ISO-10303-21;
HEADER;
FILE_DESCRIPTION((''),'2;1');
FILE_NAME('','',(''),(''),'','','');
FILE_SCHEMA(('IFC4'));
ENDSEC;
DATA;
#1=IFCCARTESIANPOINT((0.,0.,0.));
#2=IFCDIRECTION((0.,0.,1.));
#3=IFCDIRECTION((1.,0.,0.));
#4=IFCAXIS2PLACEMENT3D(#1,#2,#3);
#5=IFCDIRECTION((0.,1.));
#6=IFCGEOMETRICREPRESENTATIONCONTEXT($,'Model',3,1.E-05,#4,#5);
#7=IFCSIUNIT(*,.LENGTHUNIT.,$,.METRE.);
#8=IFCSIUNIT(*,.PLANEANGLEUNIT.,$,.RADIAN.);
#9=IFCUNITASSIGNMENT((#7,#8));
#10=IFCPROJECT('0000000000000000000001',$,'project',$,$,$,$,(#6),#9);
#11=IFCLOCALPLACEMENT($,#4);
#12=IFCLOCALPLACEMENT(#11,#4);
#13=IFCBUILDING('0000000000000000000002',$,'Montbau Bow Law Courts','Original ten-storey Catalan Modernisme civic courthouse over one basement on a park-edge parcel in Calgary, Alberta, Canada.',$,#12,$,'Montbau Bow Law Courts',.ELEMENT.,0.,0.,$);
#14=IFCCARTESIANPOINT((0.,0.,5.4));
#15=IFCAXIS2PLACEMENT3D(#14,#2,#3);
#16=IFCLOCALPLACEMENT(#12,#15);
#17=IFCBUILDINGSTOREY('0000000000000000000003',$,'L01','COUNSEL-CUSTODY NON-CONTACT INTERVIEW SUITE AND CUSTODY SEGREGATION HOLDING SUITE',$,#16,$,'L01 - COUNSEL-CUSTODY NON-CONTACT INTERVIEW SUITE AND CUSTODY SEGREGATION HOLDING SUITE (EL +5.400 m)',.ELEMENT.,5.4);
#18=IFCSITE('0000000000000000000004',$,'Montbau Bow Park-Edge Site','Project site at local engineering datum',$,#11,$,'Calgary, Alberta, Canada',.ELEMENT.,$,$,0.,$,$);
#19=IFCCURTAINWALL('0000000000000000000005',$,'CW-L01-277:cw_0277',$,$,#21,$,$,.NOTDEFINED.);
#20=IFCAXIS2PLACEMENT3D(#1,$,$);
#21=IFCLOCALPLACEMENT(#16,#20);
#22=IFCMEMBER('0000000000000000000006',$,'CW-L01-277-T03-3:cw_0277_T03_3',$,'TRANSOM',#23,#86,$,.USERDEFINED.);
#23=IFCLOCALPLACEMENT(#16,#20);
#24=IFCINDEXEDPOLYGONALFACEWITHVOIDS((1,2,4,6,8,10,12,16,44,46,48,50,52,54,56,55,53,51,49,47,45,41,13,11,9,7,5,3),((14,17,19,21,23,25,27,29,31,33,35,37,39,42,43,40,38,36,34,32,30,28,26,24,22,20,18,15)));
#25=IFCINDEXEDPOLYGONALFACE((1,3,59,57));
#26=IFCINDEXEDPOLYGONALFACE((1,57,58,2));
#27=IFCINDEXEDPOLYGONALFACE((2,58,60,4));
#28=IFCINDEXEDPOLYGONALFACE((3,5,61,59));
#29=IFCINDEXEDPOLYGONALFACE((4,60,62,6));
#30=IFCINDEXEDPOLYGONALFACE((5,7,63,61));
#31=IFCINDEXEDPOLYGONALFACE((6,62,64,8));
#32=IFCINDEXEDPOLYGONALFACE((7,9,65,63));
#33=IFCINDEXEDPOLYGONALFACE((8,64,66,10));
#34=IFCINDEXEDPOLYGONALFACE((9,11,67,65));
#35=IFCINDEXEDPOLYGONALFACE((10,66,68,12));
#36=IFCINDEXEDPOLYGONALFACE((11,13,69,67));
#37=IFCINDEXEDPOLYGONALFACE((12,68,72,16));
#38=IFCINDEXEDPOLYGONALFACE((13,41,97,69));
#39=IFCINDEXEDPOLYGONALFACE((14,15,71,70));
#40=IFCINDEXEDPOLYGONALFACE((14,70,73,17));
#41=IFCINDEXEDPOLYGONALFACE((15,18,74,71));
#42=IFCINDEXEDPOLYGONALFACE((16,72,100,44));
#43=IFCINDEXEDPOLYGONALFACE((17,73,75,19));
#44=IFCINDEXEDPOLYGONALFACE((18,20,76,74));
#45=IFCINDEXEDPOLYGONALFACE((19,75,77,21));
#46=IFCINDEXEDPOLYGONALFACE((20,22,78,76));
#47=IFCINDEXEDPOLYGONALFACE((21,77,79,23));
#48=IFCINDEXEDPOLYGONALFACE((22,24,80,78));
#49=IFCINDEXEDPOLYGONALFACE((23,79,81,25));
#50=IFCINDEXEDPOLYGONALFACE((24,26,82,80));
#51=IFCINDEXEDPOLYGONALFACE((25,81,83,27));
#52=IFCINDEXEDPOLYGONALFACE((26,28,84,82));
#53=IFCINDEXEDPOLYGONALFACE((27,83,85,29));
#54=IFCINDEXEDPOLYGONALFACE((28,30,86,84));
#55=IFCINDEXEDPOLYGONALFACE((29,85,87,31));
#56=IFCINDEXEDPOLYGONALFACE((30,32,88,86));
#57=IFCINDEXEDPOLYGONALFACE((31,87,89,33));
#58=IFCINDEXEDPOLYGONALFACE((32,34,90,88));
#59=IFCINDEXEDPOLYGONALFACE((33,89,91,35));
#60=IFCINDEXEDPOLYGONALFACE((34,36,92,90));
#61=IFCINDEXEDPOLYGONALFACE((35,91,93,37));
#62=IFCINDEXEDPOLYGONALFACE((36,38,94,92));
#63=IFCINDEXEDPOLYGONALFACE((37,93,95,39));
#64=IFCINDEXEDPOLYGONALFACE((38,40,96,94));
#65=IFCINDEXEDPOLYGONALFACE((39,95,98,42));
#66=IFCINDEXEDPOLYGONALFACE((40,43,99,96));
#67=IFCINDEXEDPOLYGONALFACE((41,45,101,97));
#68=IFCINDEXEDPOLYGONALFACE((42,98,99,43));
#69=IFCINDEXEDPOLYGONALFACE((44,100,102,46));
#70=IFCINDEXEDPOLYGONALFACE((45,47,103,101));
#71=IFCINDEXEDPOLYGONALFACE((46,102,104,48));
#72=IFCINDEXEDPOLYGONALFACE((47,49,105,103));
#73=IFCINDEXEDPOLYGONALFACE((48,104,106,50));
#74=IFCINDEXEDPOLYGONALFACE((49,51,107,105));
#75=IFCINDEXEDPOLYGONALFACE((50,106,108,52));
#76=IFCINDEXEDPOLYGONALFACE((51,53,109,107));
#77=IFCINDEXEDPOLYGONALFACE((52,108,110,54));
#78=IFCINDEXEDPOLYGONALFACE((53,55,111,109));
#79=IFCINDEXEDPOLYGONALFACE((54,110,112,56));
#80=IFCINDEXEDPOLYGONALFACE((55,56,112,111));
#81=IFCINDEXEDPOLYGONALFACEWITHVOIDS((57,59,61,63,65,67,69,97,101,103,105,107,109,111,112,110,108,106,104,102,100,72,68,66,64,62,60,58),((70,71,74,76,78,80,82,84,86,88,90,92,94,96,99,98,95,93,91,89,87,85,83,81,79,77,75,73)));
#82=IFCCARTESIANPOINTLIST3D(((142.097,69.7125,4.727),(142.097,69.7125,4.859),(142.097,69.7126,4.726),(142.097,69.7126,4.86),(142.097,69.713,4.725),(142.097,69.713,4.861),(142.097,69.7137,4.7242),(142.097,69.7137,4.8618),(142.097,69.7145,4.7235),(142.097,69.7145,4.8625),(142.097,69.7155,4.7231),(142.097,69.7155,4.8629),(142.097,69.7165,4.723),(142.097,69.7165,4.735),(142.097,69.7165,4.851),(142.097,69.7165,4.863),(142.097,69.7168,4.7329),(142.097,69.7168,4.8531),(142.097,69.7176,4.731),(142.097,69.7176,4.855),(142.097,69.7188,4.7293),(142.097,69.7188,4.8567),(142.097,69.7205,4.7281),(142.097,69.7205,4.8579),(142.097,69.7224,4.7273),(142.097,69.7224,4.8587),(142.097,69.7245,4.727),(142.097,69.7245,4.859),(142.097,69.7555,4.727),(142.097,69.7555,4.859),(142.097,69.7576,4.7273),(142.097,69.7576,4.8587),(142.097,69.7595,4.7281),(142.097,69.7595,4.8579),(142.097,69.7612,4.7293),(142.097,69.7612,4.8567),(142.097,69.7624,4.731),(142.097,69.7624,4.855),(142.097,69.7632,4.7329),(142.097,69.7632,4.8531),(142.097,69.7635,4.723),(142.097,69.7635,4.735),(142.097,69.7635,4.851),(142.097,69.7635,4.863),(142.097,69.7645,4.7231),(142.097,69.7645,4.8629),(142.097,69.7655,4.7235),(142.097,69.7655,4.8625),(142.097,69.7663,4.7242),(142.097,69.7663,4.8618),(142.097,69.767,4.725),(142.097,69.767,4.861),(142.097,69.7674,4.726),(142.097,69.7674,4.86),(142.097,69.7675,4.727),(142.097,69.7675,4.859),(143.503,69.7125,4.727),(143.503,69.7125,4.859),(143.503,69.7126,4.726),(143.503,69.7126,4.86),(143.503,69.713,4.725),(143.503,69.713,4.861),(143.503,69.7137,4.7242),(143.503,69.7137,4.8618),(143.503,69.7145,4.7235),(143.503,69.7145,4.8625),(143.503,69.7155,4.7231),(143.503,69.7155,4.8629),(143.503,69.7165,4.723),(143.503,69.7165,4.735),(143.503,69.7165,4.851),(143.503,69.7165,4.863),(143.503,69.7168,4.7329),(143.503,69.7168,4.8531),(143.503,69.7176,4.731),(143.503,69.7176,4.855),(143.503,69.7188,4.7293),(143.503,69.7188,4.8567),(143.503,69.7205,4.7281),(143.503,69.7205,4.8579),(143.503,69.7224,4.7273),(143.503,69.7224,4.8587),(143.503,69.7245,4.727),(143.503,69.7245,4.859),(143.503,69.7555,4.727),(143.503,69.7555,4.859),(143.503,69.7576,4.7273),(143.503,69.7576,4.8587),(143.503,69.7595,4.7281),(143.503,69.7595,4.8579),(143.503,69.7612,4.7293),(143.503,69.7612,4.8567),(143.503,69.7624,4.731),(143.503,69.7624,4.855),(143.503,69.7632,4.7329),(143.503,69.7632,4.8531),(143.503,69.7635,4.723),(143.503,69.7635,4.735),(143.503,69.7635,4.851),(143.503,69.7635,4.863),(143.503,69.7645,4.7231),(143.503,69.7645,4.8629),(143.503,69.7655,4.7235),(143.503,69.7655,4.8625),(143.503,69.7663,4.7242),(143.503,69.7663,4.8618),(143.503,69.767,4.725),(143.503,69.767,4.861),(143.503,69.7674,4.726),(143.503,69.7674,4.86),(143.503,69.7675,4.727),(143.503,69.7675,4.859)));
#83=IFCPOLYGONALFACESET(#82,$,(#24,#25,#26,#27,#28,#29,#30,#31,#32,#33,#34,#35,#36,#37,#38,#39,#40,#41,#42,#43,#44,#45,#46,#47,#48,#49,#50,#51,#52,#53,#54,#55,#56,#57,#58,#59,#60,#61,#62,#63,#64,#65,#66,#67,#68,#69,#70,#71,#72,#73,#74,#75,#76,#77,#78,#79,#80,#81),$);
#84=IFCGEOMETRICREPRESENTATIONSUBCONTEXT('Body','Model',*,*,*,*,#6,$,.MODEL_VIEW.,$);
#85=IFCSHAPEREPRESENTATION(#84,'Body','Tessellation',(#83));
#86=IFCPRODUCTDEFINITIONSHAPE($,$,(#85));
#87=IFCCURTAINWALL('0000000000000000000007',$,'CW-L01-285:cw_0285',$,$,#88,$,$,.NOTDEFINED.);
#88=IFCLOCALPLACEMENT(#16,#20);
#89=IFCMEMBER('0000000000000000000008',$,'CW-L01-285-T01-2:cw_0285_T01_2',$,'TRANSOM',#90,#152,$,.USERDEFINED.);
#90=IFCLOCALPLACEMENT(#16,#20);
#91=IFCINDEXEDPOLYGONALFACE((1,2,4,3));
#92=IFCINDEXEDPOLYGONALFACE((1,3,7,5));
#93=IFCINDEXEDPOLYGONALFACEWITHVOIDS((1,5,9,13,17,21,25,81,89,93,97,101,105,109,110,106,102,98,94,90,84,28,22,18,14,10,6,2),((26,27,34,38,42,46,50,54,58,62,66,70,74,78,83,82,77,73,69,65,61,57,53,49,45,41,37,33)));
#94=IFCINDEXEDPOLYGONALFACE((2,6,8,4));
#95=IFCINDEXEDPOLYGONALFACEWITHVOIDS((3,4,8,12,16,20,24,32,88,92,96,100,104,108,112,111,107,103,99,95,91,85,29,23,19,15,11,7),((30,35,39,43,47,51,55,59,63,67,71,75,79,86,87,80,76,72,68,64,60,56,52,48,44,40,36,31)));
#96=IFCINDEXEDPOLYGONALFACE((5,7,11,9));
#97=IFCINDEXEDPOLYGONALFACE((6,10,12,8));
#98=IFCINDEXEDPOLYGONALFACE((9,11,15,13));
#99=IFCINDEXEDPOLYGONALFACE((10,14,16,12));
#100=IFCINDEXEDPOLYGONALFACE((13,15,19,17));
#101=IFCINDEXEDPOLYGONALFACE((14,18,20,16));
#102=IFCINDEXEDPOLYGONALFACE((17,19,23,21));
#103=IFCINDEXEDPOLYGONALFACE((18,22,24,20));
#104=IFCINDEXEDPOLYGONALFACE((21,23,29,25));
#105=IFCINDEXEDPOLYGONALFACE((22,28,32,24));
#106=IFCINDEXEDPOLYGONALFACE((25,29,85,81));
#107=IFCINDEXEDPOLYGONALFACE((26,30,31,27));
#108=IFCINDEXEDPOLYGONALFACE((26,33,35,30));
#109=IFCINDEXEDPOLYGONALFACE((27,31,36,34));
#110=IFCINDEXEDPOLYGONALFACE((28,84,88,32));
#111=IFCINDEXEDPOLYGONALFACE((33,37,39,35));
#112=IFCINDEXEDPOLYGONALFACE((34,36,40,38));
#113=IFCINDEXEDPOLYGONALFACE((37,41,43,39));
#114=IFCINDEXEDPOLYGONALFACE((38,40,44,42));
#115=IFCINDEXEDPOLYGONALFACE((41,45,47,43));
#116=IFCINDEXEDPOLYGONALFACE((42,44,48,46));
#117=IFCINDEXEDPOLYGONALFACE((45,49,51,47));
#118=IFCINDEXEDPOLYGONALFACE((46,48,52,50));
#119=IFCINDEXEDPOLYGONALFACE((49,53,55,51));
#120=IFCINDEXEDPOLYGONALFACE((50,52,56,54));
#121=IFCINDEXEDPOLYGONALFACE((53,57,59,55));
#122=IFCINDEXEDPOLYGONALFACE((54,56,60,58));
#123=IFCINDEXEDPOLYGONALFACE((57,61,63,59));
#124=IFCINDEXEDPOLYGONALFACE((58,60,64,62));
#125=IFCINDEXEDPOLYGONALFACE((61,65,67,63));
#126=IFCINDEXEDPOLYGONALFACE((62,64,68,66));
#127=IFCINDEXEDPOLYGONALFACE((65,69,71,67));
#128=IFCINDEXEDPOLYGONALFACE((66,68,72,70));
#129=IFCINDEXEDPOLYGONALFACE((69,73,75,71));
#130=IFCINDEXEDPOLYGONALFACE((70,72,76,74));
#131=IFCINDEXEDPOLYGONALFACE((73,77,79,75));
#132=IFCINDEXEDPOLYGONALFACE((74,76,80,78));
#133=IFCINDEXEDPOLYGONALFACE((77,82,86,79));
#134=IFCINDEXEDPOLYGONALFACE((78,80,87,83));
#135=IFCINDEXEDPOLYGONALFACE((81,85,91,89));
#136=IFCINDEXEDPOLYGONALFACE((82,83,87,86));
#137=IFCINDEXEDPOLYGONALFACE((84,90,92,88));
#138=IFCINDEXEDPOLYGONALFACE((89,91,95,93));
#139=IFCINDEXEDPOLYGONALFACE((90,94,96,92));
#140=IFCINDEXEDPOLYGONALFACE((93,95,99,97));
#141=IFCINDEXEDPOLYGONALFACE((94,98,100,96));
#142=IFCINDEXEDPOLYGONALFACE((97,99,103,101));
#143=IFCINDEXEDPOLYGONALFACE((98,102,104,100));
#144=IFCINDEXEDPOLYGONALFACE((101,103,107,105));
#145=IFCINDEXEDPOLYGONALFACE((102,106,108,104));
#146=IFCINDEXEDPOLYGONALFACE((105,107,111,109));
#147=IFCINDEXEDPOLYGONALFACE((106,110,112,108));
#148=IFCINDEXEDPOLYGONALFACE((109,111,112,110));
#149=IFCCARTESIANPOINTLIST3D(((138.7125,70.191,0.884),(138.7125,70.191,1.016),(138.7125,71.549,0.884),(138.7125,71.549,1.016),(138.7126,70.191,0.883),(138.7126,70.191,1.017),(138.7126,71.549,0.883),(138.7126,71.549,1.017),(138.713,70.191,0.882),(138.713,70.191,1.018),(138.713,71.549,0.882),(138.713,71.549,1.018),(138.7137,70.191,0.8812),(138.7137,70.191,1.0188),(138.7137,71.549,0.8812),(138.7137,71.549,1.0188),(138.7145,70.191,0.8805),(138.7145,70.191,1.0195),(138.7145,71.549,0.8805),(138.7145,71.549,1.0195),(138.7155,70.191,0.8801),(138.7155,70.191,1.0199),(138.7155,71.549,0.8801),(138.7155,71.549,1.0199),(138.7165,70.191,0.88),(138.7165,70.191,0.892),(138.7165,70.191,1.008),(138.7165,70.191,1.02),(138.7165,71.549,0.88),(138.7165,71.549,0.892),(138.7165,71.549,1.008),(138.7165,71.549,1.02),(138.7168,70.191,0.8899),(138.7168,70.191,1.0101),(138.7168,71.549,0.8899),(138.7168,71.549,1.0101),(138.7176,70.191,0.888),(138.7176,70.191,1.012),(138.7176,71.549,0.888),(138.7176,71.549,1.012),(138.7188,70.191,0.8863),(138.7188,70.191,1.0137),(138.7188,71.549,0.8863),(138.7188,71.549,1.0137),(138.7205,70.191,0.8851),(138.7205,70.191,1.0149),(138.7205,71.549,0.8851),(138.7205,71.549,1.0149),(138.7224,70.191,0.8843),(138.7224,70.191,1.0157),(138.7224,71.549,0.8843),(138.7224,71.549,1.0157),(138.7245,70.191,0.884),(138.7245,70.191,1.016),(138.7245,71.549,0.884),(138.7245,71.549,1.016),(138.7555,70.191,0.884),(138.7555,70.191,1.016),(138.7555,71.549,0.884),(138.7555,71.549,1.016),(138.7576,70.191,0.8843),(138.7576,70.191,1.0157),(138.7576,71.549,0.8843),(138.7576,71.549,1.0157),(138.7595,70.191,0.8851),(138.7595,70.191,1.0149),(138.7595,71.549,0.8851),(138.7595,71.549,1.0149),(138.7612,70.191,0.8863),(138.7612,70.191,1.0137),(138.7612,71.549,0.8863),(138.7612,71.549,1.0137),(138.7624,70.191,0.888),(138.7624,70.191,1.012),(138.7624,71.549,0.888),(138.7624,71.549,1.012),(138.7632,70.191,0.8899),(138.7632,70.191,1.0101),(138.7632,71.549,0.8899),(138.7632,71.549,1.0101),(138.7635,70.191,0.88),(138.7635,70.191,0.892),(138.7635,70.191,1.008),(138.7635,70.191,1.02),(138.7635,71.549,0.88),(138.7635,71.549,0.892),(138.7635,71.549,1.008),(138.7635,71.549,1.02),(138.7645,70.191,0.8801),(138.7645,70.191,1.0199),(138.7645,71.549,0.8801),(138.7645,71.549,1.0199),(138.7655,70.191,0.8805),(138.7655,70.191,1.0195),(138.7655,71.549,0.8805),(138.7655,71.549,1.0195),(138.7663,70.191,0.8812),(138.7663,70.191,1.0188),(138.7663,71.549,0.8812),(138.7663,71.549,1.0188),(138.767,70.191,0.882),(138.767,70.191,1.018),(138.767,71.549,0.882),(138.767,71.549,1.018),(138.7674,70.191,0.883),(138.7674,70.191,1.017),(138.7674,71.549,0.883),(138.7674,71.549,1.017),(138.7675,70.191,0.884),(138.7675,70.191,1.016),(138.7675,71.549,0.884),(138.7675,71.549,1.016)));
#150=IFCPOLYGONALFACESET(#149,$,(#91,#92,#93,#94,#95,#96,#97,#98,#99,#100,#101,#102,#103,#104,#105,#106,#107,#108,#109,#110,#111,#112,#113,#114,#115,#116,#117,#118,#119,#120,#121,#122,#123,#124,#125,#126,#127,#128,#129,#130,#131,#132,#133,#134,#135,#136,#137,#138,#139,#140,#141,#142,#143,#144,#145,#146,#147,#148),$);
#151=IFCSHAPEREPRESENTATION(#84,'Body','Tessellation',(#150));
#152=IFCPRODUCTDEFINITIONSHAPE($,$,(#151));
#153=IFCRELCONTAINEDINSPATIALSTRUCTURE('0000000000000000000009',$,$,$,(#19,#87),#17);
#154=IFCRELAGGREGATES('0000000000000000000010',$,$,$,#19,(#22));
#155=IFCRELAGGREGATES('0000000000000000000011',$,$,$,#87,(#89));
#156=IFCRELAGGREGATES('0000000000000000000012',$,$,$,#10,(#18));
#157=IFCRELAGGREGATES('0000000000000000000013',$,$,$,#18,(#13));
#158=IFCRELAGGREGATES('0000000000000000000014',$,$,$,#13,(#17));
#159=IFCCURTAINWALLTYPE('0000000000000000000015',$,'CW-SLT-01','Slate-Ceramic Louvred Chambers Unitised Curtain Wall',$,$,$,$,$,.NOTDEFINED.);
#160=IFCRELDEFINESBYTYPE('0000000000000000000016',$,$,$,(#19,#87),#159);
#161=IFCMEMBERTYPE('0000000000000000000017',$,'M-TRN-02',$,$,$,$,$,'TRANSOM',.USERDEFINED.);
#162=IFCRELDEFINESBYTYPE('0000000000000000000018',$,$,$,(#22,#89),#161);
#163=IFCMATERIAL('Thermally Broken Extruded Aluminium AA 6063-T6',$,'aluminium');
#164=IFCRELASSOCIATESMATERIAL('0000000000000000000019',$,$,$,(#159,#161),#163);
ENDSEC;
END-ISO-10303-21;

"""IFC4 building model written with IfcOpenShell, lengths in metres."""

from ifc_helpers import new_model, si_unit, direction, frame, origin_with_axes, origin_2d_with_axis, place, context, subcontext, project, spatial, hollow_rectangle, extrude, material, material_profile, profile_set, type_object, element, aggregate, save


model = new_model("IFC4")

# Units and contexts
model_context = context("Model", 3, precision=1e-05, world=origin_with_axes(), true_north=direction((0.0, 1.0)))
body_context = subcontext(model_context, "Body", "Model", "MODEL_VIEW")
ifc_project = project(units=[si_unit("LENGTHUNIT", "METRE"), si_unit("PLANEANGLEUNIT", "RADIAN")], contexts=[model_context])

# Site, building, storey
site_placement = place(None, origin_with_axes())
site = spatial("IfcSite", under=ifc_project, at=site_placement, Name="Montbau Bow Park-Edge Site", Description="Project site at local engineering datum", LongName="Calgary, Alberta, Canada", CompositionType="ELEMENT", RefElevation=0.0)
building_placement = place(site_placement, origin_with_axes())
building = spatial("IfcBuilding", under=site, at=building_placement, Name="Montbau Bow Law Courts", Description="Original ten-storey Catalan Modernisme civic courthouse over one basement on a park-edge parcel in Calgary, Alberta, Canada.", LongName="Montbau Bow Law Courts", CompositionType="ELEMENT", ElevationOfRefHeight=0.0, ElevationOfTerrain=0.0)
storey_placement = place(building_placement, frame((0.0, 0.0, 5.4), z_axis=(0.0, 0.0, 1.0), x_axis=(1.0, 0.0, 0.0)))
storey = spatial("IfcBuildingStorey", under=building, at=storey_placement, Name="L01", Description="COUNSEL-CUSTODY NON-CONTACT INTERVIEW SUITE AND CUSTODY SEGREGATION HOLDING SUITE", LongName="L01 - COUNSEL-CUSTODY NON-CONTACT INTERVIEW SUITE AND CUSTODY SEGREGATION HOLDING SUITE (EL +5.400 m)", CompositionType="ELEMENT", Elevation=5.4)

# Curtain walls, members
ifc_material_1 = material(Name="Thermally Broken Extruded Aluminium AA 6063-T6", Category="aluminium")
curtain_wall_type = type_object("IfcCurtainWallType", Name="CW-SLT-01", Description="Slate-Ceramic Louvred Chambers Unitised Curtain Wall", PredefinedType="NOTDEFINED", material=ifc_material_1)
curtain_wall_1_placement = place(None, frame((139.115, 69.74, 5.4), z_axis=(0.0, 0.0, 1.0), x_axis=(1.0, 0.0, 0.0)))
curtain_wall_1 = element("IfcCurtainWall", 1, at=curtain_wall_1_placement, inside=storey, type_object=curtain_wall_type, Name="CW-L01-277:cw_0277", PredefinedType="NOTDEFINED")
ifc_material_profile = material_profile(ifc_material_1, hollow_rectangle(XDim=0.055, YDim=0.14, WallThickness=0.004, InnerFilletRadius=0.008, OuterFilletRadius=0.004, at=origin_2d_with_axis()), Name="CWT-140X55", Category="Main", Priority=0)
ifc_profile_set = profile_set([ifc_material_profile], Name="Thermally Broken Extruded Aluminium AA 6063-T6")
member_type = type_object("IfcMemberType", Name="M-TRN-02", ElementType="TRANSOM", PredefinedType="USERDEFINED", material=ifc_profile_set)
member_1_placement = place(None, frame((142.097, 69.74, 10.193), z_axis=(1.0, 0.0, 0.0), x_axis=(0.0, 1.0, 0.0)))
member_1 = element("IfcMember", 2, at=member_1_placement, type_object=member_type, Name="CW-L01-277-T03-3:cw_0277_T03_3", ObjectType="TRANSOM", PredefinedType="USERDEFINED", context=body_context, shape_type="SweptSolid", body=[
    extrude(hollow_rectangle(XDim=0.055, YDim=0.14, WallThickness=0.004, InnerFilletRadius=0.008, OuterFilletRadius=0.004, at=origin_2d_with_axis()), origin_with_axes(), (0.0, 0.0, 1.0), 1.406),
])
curtain_wall_2_placement = place(None, frame((138.74, 70.115, 5.4), z_axis=(0.0, 0.0, 1.0), x_axis=(1.0, 0.0, 0.0)))
curtain_wall_2 = element("IfcCurtainWall", 3, at=curtain_wall_2_placement, inside=storey, type_object=curtain_wall_type, Name="CW-L01-285:cw_0285", PredefinedType="NOTDEFINED")
member_2_placement = place(None, frame((138.74, 70.191, 6.35), z_axis=(0.0, 1.0, 0.0), x_axis=(-1.0, 0.0, 0.0)))
member_2 = element("IfcMember", 4, at=member_2_placement, type_object=member_type, Name="CW-L01-285-T01-2:cw_0285_T01_2", ObjectType="TRANSOM", PredefinedType="USERDEFINED", context=body_context, shape_type="SweptSolid", body=[
    extrude(hollow_rectangle(XDim=0.055, YDim=0.14, WallThickness=0.004, InnerFilletRadius=0.008, OuterFilletRadius=0.004, at=origin_2d_with_axis()), origin_with_axes(), (0.0, 0.0, 1.0), 1.358),
])

aggregate(curtain_wall_1, [member_1])
aggregate(curtain_wall_2, [member_2])

save(model, "model.ifc")
